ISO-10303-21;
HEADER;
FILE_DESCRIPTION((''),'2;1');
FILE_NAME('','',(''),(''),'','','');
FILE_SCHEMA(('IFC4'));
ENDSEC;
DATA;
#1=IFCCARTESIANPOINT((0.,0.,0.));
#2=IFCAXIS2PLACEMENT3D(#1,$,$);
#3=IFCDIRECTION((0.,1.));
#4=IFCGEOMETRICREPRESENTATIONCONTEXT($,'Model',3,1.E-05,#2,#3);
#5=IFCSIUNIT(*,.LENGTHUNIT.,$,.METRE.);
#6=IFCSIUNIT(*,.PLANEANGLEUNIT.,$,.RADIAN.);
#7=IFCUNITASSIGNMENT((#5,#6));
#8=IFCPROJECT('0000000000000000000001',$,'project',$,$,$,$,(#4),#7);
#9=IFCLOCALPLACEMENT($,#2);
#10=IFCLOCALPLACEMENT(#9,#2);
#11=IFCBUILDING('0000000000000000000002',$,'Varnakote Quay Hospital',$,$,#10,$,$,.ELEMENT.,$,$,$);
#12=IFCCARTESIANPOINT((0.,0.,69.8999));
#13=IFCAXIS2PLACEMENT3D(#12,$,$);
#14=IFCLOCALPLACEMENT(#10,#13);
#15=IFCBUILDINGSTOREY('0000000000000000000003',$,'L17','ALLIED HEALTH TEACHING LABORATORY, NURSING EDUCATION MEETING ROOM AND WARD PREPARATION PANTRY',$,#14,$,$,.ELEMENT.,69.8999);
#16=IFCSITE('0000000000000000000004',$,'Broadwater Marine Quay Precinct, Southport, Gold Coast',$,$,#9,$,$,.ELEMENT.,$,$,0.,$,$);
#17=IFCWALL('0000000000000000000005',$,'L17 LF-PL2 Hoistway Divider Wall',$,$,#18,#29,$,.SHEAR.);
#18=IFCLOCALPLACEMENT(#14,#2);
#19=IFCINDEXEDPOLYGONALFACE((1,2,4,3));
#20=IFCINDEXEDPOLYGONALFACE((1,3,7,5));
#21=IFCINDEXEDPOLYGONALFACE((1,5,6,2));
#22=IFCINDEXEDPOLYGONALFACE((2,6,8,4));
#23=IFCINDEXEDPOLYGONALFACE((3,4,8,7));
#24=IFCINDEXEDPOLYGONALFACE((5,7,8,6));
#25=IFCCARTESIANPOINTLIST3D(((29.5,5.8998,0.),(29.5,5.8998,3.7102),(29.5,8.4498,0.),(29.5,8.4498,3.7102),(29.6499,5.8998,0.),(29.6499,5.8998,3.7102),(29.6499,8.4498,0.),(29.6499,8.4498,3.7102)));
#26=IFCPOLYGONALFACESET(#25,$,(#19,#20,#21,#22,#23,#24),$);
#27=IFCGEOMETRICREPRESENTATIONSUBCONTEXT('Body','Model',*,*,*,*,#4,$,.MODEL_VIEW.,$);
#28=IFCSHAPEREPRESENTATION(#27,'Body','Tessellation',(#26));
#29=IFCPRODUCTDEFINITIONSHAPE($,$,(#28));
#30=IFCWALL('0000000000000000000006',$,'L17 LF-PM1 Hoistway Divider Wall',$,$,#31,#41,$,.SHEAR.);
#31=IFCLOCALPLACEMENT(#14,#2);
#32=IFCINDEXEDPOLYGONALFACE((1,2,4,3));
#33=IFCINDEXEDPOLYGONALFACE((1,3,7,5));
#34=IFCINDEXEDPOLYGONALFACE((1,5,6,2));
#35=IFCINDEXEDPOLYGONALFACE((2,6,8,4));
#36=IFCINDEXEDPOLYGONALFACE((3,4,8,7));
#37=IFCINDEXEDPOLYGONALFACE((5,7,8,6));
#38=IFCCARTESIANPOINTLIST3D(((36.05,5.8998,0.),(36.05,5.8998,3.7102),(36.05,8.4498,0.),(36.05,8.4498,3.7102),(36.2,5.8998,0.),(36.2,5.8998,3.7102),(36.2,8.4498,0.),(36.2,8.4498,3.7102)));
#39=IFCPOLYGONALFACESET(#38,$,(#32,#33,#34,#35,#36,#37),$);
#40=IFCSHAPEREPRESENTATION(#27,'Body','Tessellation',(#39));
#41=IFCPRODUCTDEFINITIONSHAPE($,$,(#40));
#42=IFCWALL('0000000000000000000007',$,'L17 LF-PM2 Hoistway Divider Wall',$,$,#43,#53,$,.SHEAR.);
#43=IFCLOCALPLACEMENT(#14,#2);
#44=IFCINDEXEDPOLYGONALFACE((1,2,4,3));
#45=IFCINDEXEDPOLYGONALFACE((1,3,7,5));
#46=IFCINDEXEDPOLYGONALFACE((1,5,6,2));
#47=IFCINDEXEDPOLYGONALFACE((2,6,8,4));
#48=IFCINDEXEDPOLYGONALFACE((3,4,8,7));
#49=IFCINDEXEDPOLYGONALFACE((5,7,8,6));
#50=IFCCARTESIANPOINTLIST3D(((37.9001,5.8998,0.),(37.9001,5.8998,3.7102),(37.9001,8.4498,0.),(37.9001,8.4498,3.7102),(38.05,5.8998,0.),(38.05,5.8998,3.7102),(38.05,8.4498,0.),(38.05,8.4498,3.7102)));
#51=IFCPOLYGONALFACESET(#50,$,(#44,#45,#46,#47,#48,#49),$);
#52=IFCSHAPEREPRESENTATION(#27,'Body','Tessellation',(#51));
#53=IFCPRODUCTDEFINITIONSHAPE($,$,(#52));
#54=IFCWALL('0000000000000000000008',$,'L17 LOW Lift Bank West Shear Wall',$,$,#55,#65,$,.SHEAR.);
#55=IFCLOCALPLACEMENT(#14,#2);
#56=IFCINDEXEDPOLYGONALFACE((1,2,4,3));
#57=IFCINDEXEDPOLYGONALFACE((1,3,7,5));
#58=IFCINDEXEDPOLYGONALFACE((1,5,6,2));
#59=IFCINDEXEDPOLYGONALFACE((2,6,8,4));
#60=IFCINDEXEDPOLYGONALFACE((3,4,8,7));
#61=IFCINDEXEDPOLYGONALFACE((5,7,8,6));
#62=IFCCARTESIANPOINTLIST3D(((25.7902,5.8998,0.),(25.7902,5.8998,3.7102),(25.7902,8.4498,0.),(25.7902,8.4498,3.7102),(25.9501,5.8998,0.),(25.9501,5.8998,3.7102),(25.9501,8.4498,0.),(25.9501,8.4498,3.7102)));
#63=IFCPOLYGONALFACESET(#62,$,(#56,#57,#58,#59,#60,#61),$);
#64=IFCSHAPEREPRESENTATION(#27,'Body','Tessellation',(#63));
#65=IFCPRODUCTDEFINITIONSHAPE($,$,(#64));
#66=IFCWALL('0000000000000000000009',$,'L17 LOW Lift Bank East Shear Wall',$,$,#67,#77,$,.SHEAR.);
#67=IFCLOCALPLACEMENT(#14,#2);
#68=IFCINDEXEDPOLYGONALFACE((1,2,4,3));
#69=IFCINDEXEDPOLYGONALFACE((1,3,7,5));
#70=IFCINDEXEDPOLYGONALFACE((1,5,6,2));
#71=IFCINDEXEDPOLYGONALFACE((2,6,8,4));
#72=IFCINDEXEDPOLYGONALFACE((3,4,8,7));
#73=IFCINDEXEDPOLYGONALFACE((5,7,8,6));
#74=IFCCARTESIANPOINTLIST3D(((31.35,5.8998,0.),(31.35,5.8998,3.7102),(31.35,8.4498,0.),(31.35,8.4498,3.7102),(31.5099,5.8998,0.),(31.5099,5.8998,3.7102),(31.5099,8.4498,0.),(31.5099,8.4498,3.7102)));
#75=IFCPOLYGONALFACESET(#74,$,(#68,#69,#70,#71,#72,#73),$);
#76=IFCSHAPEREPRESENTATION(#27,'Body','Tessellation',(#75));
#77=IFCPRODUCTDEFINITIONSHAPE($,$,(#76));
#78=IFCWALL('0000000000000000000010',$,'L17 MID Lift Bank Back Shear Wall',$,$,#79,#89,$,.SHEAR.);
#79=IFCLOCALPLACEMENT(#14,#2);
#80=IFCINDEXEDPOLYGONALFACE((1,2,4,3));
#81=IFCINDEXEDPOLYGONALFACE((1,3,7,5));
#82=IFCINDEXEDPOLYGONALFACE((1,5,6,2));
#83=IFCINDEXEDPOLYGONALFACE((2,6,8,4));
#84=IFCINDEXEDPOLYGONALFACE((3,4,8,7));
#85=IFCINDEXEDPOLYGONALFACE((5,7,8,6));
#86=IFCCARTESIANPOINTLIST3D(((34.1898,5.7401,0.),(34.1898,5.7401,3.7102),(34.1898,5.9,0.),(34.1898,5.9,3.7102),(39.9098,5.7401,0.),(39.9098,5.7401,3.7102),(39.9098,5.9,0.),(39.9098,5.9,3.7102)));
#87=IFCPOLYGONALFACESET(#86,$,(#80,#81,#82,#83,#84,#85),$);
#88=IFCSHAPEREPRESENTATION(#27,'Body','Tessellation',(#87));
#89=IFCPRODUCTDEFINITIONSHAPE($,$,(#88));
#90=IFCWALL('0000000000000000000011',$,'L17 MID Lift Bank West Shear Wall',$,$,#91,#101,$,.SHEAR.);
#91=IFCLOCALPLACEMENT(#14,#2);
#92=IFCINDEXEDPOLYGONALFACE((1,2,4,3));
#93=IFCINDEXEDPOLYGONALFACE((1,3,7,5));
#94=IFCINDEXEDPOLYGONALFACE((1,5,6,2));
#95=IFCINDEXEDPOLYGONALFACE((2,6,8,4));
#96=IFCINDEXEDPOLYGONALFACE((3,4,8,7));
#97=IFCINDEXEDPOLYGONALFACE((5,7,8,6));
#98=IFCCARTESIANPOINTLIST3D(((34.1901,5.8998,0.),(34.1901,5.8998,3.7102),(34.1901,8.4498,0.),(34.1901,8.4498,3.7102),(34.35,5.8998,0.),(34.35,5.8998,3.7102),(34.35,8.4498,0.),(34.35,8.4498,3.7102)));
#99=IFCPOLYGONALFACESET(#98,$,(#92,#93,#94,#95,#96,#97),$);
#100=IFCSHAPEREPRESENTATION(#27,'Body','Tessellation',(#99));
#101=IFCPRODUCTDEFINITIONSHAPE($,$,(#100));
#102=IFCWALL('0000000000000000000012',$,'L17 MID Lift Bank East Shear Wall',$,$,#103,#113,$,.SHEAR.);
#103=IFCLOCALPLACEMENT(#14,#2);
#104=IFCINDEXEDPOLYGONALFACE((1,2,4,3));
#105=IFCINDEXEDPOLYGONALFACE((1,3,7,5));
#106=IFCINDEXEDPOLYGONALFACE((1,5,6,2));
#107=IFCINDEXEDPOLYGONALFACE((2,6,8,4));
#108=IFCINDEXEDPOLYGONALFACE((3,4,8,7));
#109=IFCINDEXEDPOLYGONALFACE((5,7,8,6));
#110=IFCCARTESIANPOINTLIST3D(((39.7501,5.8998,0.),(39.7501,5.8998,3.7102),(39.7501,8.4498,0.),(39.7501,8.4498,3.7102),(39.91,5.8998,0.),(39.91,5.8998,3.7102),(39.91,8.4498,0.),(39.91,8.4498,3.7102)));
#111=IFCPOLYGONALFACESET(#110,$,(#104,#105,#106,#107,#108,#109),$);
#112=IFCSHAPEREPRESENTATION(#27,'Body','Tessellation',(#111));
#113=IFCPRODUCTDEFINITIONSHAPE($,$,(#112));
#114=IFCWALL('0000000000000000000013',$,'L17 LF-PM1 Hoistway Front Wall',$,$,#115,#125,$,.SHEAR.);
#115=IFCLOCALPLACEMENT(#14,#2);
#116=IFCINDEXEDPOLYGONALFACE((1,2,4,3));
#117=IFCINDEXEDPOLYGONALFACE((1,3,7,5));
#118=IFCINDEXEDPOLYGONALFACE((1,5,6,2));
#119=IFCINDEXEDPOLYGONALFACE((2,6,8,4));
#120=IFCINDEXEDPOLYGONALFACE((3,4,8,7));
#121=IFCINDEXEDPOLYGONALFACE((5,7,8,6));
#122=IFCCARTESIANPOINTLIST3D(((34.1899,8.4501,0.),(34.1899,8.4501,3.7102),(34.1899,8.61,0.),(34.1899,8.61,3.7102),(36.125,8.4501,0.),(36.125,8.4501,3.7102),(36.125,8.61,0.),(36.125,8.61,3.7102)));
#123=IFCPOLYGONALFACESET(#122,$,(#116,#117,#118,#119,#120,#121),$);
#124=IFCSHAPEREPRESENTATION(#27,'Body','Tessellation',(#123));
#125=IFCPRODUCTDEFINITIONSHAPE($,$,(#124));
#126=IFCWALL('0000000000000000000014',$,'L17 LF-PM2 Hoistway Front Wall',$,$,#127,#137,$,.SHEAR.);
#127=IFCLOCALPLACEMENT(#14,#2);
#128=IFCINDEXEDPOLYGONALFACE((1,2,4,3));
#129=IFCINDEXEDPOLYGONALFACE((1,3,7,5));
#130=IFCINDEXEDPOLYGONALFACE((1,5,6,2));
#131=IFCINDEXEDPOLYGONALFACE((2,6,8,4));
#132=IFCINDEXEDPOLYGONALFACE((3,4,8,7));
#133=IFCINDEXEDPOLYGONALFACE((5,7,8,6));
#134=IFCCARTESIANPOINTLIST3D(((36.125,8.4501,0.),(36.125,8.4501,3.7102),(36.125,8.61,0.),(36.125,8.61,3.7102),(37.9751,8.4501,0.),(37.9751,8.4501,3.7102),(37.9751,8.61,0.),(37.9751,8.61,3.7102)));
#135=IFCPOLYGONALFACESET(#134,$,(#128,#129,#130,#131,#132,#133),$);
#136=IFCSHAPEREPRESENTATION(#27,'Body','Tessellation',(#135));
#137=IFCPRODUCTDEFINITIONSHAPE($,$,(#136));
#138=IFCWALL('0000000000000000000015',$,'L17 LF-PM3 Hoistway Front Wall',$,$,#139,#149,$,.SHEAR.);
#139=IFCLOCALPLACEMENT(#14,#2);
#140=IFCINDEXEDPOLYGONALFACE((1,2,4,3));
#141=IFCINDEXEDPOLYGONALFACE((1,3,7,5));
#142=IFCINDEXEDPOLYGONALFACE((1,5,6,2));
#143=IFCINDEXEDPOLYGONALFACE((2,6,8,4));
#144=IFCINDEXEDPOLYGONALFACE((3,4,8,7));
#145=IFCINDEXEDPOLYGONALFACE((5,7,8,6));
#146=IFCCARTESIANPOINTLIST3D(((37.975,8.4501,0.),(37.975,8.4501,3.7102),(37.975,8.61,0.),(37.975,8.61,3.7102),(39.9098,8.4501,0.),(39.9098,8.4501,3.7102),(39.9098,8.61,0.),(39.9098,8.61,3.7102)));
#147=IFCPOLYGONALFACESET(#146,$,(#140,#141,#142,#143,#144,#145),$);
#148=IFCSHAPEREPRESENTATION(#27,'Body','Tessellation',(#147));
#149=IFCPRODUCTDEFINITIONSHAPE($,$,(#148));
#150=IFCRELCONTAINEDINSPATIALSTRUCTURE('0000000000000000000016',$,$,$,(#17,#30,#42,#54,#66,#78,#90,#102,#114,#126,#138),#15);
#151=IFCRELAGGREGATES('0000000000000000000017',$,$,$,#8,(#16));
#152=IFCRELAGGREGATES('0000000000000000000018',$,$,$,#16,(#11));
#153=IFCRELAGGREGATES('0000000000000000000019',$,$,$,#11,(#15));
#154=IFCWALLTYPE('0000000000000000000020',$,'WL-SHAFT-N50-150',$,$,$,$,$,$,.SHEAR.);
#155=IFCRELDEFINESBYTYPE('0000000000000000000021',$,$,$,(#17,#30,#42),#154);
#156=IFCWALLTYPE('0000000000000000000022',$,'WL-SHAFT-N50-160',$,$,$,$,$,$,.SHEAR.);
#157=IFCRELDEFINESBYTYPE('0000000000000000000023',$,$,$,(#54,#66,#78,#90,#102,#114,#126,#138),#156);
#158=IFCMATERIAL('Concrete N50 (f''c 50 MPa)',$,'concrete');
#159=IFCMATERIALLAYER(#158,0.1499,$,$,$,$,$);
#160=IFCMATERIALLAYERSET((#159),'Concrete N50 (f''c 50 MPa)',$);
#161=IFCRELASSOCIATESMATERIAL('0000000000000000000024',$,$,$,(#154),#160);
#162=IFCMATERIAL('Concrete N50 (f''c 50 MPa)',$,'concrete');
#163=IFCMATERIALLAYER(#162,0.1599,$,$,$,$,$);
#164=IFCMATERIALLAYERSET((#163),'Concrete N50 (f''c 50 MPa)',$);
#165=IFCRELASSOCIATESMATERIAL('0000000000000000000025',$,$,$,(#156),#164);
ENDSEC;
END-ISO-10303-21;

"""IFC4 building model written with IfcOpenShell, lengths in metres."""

from ifc_helpers import new_model, si_unit, direction, frame, frame_2d, origin, place, context, subcontext, project, spatial, rectangle, extrude, material, layer, layer_set, type_object, element, save


model = new_model("IFC4")

# Units and contexts
model_context = context("Model", 3, precision=1e-05, world=origin(), true_north=direction((0.0, 1.0)))
body_context = subcontext(model_context, "Body", "Model", "MODEL_VIEW")
ifc_project = project(units=[si_unit("LENGTHUNIT", "METRE"), si_unit("PLANEANGLEUNIT", "RADIAN")], contexts=[model_context])

# Site, building, storey
site_placement = place(None, origin())
site = spatial("IfcSite", under=ifc_project, at=site_placement, Name="Broadwater Marine Quay Precinct, Southport, Gold Coast", CompositionType="ELEMENT", RefElevation=0.0)
building_placement = place(site_placement, origin())
building = spatial("IfcBuilding", under=site, at=building_placement, Name="Varnakote Quay Hospital", CompositionType="ELEMENT")
storey_placement = place(building_placement, frame((0.0, 0.0, 69.8999)))
storey = spatial("IfcBuildingStorey", under=building, at=storey_placement, Name="L17", Description="ALLIED HEALTH TEACHING LABORATORY, NURSING EDUCATION MEETING ROOM AND WARD PREPARATION PANTRY", CompositionType="ELEMENT", Elevation=69.8999)

# Walls
ifc_material_1 = material(Name="Concrete N50 (f'c 50 MPa)", Category="concrete")
ifc_layer_1 = layer(ifc_material_1, 0.1499)
ifc_layer_set_1 = layer_set([ifc_layer_1], Name="Concrete N50 (f'c 50 MPa)")
wall_type_1 = type_object("IfcWallType", Name="WL-SHAFT-N50-150", PredefinedType="SHEAR", material=ifc_layer_set_1)
for number, where, z_axis, x_axis, name in (
    (1, (29.575, 5.8999, 0.0), (0.0, 0.0, 1.0), (0.0, 1.0, 0.0), "L17 LF-PL2 Hoistway Divider Wall"),
    (2, (36.125, 5.8999, 0.0), (0.0, 0.0, 1.0), (0.0, 1.0, 0.0), "L17 LF-PM1 Hoistway Divider Wall"),
    (3, (37.9751, 5.8999, 0.0), (0.0, 0.0, 1.0), (0.0, 1.0, 0.0), "L17 LF-PM2 Hoistway Divider Wall"),
):
    element("IfcWall", number, at=place(storey_placement, frame(where, z_axis=z_axis, x_axis=x_axis)), inside=storey, type_object=wall_type_1, Name=name, PredefinedType="SHEAR", context=body_context, shape_type="SweptSolid", body=[
        extrude(rectangle(XDim=2.55, YDim=0.1499, at=frame_2d((1.2749, 0.0))), origin(), (0.0, 0.0, 1.0), 3.7102),
    ])
ifc_material_2 = material(Name="Concrete N50 (f'c 50 MPa)", Category="concrete")
ifc_layer_2 = layer(ifc_material_2, 0.1599)
ifc_layer_set_2 = layer_set([ifc_layer_2], Name="Concrete N50 (f'c 50 MPa)")
wall_type_2 = type_object("IfcWallType", Name="WL-SHAFT-N50-160", PredefinedType="SHEAR", material=ifc_layer_set_2)
for number, where, z_axis, x_axis, name in (
    (4, (25.8701, 5.8999, 0.0), (0.0, 0.0, 1.0), (0.0, 1.0, 0.0), "L17 LOW Lift Bank West Shear Wall"),
    (5, (31.4299, 5.8999, 0.0), (0.0, 0.0, 1.0), (0.0, 1.0, 0.0), "L17 LOW Lift Bank East Shear Wall"),
):
    element("IfcWall", number, at=place(storey_placement, frame(where, z_axis=z_axis, x_axis=x_axis)), inside=storey, type_object=wall_type_2, Name=name, PredefinedType="SHEAR", context=body_context, shape_type="SweptSolid", body=[
        extrude(rectangle(XDim=2.55, YDim=0.1599, at=frame_2d((1.2749, 0.0))), origin(), (0.0, 0.0, 1.0), 3.7102),
    ])

# Walls
wall_1_placement = place(storey_placement, frame((34.1899, 5.8201, 0.0), z_axis=(0.0, 0.0, 1.0), x_axis=(1.0, 0.0, 0.0)))
element("IfcWall", 6, at=wall_1_placement, inside=storey, type_object=wall_type_2, Name="L17 MID Lift Bank Back Shear Wall", PredefinedType="SHEAR", context=body_context, shape_type="SweptSolid", body=[
    extrude(rectangle(XDim=5.72, YDim=0.1599, at=frame_2d((2.8599, 0.0))), origin(), (0.0, 0.0, 1.0), 3.7102),
])
for number, where, z_axis, x_axis, name in (
    (7, (34.27, 5.8999, 0.0), (0.0, 0.0, 1.0), (0.0, 1.0, 0.0), "L17 MID Lift Bank West Shear Wall"),
    (8, (39.8301, 5.8999, 0.0), (0.0, 0.0, 1.0), (0.0, 1.0, 0.0), "L17 MID Lift Bank East Shear Wall"),
):
    element("IfcWall", number, at=place(storey_placement, frame(where, z_axis=z_axis, x_axis=x_axis)), inside=storey, type_object=wall_type_2, Name=name, PredefinedType="SHEAR", context=body_context, shape_type="SweptSolid", body=[
        extrude(rectangle(XDim=2.55, YDim=0.1599, at=frame_2d((1.2749, 0.0))), origin(), (0.0, 0.0, 1.0), 3.7102),
    ])
wall_2_placement = place(storey_placement, frame((34.1899, 8.53, 0.0), z_axis=(0.0, 0.0, 1.0), x_axis=(1.0, 0.0, 0.0)))
element("IfcWall", 9, at=wall_2_placement, inside=storey, type_object=wall_type_2, Name="L17 LF-PM1 Hoistway Front Wall", PredefinedType="SHEAR", context=body_context, shape_type="SweptSolid", body=[
    extrude(rectangle(XDim=1.9351, YDim=0.1599, at=frame_2d((0.9675, 0.0))), origin(), (0.0, 0.0, 1.0), 3.7102),
])
wall_3_placement = place(storey_placement, frame((36.125, 8.53, 0.0), z_axis=(0.0, 0.0, 1.0), x_axis=(1.0, 0.0, 0.0)))
element("IfcWall", 10, at=wall_3_placement, inside=storey, type_object=wall_type_2, Name="L17 LF-PM2 Hoistway Front Wall", PredefinedType="SHEAR", context=body_context, shape_type="SweptSolid", body=[
    extrude(rectangle(XDim=1.8501, YDim=0.1599, at=frame_2d((0.925, 0.0))), origin(), (0.0, 0.0, 1.0), 3.7102),
])
wall_4_placement = place(storey_placement, frame((37.9751, 8.53, 0.0), z_axis=(0.0, 0.0, 1.0), x_axis=(1.0, 0.0, 0.0)))
element("IfcWall", 11, at=wall_4_placement, inside=storey, type_object=wall_type_2, Name="L17 LF-PM3 Hoistway Front Wall", PredefinedType="SHEAR", context=body_context, shape_type="SweptSolid", body=[
    extrude(rectangle(XDim=1.9348, YDim=0.1599, at=frame_2d((0.9673, 0.0))), origin(), (0.0, 0.0, 1.0), 3.7102),
])

save(model, "model.ifc")
